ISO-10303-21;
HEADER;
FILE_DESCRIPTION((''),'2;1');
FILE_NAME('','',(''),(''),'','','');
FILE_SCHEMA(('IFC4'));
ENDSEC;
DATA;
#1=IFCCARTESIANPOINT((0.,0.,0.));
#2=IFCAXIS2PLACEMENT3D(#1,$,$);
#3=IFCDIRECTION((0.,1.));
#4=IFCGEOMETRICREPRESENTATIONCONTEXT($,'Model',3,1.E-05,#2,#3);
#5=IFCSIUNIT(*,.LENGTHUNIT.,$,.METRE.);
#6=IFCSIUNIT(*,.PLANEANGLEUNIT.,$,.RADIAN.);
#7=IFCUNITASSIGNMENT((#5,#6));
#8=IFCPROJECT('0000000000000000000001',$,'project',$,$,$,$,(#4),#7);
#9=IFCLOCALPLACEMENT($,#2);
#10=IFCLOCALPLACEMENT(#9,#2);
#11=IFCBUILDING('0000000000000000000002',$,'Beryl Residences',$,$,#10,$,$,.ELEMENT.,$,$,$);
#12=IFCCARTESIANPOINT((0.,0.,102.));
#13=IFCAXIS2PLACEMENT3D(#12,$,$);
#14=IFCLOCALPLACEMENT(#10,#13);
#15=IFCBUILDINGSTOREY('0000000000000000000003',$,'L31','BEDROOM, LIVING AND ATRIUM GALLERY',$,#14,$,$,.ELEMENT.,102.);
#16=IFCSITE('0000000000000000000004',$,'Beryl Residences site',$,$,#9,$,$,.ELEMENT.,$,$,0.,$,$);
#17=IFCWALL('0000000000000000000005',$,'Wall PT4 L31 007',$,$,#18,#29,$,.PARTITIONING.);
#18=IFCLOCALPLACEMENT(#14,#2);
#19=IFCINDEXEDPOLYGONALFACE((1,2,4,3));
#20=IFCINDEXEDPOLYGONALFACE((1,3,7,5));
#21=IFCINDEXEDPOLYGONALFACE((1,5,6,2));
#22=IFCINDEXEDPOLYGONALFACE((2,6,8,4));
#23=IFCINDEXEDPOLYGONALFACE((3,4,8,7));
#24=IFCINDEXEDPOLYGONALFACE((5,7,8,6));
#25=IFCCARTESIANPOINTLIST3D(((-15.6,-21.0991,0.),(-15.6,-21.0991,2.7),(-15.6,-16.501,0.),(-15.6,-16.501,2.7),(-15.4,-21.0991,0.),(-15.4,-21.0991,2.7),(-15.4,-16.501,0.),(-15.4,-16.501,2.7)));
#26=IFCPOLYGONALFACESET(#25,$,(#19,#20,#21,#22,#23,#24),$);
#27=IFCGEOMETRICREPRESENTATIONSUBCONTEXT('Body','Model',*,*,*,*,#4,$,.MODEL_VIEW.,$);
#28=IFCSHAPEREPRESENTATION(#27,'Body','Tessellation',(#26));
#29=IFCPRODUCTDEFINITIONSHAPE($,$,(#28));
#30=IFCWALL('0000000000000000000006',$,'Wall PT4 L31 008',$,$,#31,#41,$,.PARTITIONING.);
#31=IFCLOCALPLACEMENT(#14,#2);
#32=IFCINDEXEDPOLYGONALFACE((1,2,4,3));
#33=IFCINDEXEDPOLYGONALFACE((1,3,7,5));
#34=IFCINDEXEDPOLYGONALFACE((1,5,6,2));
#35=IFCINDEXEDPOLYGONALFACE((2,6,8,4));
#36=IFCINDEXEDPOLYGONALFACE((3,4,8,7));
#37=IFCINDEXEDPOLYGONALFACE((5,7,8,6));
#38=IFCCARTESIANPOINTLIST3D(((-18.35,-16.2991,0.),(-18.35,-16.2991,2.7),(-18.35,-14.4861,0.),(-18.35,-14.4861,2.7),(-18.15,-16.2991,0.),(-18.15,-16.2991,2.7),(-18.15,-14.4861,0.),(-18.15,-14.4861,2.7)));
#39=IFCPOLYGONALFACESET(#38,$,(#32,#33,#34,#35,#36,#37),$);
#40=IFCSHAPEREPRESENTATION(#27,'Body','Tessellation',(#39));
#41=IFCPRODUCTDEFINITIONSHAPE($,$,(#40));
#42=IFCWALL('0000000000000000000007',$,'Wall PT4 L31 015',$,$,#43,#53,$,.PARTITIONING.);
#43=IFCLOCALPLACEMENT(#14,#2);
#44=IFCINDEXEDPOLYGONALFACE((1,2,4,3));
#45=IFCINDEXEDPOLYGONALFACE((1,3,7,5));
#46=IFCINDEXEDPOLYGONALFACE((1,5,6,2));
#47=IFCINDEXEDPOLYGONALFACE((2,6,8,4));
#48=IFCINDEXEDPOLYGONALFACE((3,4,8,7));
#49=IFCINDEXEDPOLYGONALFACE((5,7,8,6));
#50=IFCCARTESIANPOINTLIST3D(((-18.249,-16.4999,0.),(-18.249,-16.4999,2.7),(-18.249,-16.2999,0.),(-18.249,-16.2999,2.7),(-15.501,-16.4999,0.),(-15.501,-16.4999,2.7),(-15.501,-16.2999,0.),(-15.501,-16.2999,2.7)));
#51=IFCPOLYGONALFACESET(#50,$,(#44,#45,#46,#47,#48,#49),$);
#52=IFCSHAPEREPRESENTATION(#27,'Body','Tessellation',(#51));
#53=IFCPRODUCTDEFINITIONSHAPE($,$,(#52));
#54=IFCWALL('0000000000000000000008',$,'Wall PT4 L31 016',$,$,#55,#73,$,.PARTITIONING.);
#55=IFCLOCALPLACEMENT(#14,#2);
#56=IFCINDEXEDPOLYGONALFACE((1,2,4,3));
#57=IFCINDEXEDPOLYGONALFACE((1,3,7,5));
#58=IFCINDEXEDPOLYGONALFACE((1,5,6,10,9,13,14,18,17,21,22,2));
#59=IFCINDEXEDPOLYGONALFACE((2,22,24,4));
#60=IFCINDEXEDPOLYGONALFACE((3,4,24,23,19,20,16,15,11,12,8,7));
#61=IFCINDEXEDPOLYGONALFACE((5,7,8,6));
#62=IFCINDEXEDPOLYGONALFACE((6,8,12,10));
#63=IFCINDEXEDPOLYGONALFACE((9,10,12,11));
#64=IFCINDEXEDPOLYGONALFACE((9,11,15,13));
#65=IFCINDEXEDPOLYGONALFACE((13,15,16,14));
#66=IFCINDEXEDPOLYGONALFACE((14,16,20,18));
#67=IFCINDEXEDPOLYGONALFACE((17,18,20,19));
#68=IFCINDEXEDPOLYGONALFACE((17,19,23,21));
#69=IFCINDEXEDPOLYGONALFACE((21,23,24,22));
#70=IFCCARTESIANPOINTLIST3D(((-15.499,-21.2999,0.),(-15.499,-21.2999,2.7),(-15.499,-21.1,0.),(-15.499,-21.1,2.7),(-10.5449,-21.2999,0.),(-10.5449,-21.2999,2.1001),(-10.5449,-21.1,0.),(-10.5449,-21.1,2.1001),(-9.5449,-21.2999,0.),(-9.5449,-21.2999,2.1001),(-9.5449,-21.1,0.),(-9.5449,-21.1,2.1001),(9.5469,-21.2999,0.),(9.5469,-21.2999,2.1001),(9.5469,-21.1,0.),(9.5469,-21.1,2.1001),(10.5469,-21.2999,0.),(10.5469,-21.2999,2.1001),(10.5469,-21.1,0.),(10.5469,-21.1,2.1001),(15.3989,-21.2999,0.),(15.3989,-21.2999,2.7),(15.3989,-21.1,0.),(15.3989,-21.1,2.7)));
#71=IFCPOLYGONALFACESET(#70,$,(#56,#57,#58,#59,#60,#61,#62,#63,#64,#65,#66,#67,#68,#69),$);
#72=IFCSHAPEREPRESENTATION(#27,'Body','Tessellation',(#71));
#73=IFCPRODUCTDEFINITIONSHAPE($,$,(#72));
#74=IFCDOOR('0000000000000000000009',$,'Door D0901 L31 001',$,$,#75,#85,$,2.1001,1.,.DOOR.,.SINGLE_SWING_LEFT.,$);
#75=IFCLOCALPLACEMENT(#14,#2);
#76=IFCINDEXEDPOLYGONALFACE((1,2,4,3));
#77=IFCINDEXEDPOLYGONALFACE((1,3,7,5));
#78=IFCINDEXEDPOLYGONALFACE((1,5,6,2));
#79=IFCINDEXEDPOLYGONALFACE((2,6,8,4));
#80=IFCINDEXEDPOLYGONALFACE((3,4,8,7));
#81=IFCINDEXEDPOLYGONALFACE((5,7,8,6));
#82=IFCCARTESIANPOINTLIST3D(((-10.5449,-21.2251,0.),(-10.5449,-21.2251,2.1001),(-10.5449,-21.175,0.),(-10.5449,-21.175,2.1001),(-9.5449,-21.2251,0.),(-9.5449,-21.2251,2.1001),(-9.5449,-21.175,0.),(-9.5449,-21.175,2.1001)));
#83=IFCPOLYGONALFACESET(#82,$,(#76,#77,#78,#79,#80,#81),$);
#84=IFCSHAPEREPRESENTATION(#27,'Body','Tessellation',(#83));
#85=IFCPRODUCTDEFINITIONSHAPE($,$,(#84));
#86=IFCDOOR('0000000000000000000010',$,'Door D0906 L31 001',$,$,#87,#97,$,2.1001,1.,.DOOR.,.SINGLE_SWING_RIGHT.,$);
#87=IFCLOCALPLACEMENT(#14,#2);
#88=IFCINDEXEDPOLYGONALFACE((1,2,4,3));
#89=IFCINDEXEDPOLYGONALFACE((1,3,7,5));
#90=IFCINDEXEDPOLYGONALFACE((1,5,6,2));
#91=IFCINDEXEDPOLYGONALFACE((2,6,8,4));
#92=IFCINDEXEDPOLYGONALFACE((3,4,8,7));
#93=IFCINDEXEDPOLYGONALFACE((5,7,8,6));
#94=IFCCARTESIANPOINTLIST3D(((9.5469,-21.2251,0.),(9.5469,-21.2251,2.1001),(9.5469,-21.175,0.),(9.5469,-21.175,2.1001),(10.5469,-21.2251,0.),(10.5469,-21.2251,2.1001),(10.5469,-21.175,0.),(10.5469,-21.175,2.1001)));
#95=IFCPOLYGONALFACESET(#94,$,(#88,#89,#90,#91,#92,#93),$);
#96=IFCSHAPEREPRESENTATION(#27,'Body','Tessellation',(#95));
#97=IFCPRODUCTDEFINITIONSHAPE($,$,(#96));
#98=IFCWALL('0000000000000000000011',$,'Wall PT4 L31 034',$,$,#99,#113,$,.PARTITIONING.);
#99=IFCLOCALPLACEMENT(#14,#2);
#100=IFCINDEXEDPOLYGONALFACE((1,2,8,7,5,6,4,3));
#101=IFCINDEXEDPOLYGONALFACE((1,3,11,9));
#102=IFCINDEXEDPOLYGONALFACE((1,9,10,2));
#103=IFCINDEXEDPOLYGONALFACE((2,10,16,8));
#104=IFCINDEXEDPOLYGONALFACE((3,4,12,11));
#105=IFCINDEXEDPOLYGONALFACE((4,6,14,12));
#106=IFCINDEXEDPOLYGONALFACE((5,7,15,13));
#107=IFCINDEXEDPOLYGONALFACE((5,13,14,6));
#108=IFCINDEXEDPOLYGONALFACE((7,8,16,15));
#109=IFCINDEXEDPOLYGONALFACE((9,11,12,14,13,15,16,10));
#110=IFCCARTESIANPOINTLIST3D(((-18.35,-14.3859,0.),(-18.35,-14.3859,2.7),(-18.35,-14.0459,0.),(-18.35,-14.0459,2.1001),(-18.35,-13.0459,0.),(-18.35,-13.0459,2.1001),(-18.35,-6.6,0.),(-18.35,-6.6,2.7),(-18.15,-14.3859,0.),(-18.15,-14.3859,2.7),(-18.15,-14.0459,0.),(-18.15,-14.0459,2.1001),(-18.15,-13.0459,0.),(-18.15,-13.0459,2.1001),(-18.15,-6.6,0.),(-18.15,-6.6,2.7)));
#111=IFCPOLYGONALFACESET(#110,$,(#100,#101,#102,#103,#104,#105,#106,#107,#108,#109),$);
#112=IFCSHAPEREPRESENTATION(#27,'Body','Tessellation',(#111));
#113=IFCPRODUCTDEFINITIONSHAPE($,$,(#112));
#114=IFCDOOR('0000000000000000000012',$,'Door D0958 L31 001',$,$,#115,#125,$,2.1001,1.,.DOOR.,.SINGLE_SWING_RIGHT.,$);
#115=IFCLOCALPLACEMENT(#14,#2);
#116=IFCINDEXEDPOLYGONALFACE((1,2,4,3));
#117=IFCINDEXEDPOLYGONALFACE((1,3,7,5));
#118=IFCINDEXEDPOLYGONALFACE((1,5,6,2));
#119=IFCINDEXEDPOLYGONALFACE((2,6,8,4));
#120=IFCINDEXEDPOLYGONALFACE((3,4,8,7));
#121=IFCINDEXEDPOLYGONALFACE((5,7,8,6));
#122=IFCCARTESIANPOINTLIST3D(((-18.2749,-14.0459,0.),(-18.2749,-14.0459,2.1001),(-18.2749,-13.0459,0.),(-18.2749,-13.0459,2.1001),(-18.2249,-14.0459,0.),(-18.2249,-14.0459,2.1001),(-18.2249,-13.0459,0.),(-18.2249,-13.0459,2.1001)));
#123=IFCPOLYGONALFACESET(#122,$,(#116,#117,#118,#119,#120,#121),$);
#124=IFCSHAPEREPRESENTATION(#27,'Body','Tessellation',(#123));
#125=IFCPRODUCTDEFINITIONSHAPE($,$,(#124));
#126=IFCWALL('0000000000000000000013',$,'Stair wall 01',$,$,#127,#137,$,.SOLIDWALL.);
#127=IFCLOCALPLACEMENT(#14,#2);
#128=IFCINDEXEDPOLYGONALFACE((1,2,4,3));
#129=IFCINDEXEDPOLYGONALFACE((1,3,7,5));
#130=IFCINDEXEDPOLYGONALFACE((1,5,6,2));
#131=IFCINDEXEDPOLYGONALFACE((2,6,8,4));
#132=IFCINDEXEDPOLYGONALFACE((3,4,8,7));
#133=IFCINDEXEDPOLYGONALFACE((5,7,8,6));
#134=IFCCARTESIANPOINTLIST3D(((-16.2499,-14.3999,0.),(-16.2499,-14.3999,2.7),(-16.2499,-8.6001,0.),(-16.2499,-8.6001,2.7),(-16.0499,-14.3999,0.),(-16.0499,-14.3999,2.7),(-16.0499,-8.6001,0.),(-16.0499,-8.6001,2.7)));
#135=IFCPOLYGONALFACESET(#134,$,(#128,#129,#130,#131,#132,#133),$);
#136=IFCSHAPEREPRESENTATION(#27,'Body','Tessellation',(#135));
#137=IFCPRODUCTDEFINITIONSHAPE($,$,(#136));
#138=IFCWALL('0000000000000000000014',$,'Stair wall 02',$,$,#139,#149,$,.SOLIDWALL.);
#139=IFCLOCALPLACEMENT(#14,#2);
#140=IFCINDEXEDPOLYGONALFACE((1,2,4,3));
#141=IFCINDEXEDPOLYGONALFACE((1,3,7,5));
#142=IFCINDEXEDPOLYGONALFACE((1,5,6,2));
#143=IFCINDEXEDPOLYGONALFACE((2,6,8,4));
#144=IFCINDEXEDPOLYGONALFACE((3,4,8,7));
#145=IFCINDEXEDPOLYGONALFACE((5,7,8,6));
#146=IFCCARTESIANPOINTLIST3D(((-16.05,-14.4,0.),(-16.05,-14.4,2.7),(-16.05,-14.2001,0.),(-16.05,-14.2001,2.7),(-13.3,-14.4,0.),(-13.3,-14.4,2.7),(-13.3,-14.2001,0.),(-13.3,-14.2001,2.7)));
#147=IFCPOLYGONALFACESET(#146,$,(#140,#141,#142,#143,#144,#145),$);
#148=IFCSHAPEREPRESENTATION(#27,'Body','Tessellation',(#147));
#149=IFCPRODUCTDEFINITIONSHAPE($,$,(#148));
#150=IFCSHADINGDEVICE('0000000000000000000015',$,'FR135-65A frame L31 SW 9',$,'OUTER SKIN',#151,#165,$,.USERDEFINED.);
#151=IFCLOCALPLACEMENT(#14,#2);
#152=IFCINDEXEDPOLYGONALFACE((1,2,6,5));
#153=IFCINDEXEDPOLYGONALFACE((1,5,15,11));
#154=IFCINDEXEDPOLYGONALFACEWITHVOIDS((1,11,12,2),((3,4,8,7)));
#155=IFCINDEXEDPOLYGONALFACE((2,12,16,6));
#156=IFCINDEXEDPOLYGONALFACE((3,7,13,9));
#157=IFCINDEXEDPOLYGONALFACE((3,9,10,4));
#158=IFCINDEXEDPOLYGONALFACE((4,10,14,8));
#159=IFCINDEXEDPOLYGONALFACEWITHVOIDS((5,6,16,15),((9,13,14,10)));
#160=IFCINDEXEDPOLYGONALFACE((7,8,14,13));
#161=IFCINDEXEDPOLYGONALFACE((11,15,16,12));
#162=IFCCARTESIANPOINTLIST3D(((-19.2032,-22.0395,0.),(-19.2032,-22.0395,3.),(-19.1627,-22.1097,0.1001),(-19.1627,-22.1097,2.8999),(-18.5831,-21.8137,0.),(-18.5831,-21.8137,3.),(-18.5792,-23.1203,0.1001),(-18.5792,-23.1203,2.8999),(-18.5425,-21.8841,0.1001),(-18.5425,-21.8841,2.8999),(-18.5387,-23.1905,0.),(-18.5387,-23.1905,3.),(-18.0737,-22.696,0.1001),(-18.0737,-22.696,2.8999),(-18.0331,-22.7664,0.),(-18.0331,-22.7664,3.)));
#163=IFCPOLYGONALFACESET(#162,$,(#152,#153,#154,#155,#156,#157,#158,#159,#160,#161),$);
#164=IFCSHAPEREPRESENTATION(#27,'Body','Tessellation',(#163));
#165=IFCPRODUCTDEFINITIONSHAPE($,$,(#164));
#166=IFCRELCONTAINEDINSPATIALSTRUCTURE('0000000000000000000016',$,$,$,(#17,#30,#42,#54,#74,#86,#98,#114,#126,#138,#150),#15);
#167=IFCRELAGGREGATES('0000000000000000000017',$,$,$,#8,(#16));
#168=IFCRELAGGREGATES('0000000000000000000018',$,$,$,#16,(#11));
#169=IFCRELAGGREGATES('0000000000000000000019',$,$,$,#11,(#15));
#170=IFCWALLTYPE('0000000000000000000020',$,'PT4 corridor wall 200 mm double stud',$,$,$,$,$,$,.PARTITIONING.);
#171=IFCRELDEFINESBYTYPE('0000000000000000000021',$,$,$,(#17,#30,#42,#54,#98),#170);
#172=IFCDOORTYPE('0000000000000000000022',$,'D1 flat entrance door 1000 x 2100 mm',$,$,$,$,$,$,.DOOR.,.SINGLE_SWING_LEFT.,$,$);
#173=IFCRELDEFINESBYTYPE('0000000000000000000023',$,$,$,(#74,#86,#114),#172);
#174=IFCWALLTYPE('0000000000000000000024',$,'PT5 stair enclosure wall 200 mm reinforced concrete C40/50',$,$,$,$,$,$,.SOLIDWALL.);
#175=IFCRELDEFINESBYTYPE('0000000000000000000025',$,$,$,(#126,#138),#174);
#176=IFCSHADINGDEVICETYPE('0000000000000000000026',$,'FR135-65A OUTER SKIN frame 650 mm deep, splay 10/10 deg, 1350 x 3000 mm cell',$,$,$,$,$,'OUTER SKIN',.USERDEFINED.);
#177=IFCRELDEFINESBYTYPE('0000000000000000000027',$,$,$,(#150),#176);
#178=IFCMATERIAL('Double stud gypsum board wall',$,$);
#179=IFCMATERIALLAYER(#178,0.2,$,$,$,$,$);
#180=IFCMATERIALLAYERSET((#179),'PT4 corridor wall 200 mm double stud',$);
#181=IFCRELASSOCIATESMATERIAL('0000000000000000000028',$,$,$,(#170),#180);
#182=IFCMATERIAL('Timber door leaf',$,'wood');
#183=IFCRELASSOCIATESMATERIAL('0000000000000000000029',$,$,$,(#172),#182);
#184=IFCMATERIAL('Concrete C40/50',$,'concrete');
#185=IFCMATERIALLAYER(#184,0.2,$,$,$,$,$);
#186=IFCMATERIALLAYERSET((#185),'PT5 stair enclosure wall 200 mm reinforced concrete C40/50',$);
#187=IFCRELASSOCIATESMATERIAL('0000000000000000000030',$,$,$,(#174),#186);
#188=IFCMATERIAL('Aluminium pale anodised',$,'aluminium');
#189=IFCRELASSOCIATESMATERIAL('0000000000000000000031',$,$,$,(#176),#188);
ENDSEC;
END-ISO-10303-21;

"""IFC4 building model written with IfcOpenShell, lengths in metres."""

from ifc_helpers import new_model, entity, si_unit, direction, frame, frame_2d, origin, place, context, subcontext, project, spatial, rectangle, extrude, source, transform, mapped, material, layer, layer_set, type_object, type_shapes, element, fill, save


model = new_model("IFC4")

# Units and contexts
model_context = context("Model", 3, precision=1e-05, world=origin(), true_north=direction((0.0, 1.0)))
body_context = subcontext(model_context, "Body", "Model", "MODEL_VIEW")
ifc_project = project(units=[si_unit("LENGTHUNIT", "METRE"), si_unit("PLANEANGLEUNIT", "RADIAN")], contexts=[model_context])

# Site, building, storey
site_placement = place(None, origin())
site = spatial("IfcSite", under=ifc_project, at=site_placement, Name="Beryl Residences site", CompositionType="ELEMENT", RefElevation=0.0)
building_placement = place(site_placement, origin())
building = spatial("IfcBuilding", under=site, at=building_placement, Name="Beryl Residences", CompositionType="ELEMENT")
storey_placement = place(building_placement, frame((0.0, 0.0, 102.0)))
storey = spatial("IfcBuildingStorey", under=building, at=storey_placement, Name="L31", Description="BEDROOM, LIVING AND ATRIUM GALLERY", CompositionType="ELEMENT", Elevation=102.0)

# Walls
ifc_material_1 = material(Name="Double stud gypsum board wall")
ifc_layer_1 = layer(ifc_material_1, 0.2)
ifc_layer_set_1 = layer_set([ifc_layer_1], Name="PT4 corridor wall 200 mm double stud")
wall_type_1 = type_object("IfcWallType", Name="PT4 corridor wall 200 mm double stud", PredefinedType="PARTITIONING", material=ifc_layer_set_1)
wall_1_placement = place(storey_placement, frame((-15.5, -16.501, 0.0), z_axis=(0.0, 0.0, 1.0), x_axis=(0.0, -1.0, 0.0)))
element("IfcWall", 1, at=wall_1_placement, inside=storey, type_object=wall_type_1, Name="Wall PT4 L31 007", PredefinedType="PARTITIONING", context=body_context, shape_type="SweptSolid", body=[
    extrude(rectangle(XDim=4.5981, YDim=0.2, at=frame_2d((2.2991, 0.0))), origin(), (0.0, 0.0, 1.0), 2.7),
])
wall_2_placement = place(storey_placement, frame((-18.25, -14.4861, 0.0), z_axis=(0.0, 0.0, 1.0), x_axis=(0.0, -1.0, 0.0)))
element("IfcWall", 2, at=wall_2_placement, inside=storey, type_object=wall_type_1, Name="Wall PT4 L31 008", PredefinedType="PARTITIONING", context=body_context, shape_type="SweptSolid", body=[
    extrude(rectangle(XDim=1.813, YDim=0.2, at=frame_2d((0.9065, 0.0))), origin(), (0.0, 0.0, 1.0), 2.7),
])
wall_3_placement = place(storey_placement, frame((-18.249, -16.3999, 0.0), z_axis=(0.0, 0.0, 1.0), x_axis=(1.0, 0.0, 0.0)))
element("IfcWall", 3, at=wall_3_placement, inside=storey, type_object=wall_type_1, Name="Wall PT4 L31 015", PredefinedType="PARTITIONING", context=body_context, shape_type="SweptSolid", body=[
    extrude(rectangle(XDim=2.748, YDim=0.2, at=frame_2d((1.374, 0.0))), origin(), (0.0, 0.0, 1.0), 2.7),
])

# Wall, openings, doors
wall_4_placement = place(storey_placement, frame((-15.499, -21.2, 0.0), z_axis=(0.0, 0.0, 1.0), x_axis=(1.0, 0.0, 0.0)))
wall_4 = element("IfcWall", 4, at=wall_4_placement, inside=storey, type_object=wall_type_1, Name="Wall PT4 L31 016", PredefinedType="PARTITIONING", context=body_context, shape_type="SweptSolid", body=[
    extrude(rectangle(XDim=30.8979, YDim=0.2, at=frame_2d((15.449, 0.0))), origin(), (0.0, 0.0, 1.0), 2.7),
])
opening_1_placement = place(wall_4_placement, frame((4.9541, 0.0, 0.0)))
opening_1 = element("IfcOpeningElement", 5, at=opening_1_placement, cuts=wall_4, PredefinedType="OPENING", context=body_context, shape_type="SweptSolid", body=[
    extrude(rectangle(XDim=1.0, YDim=2.1001, at=frame_2d((0.5, 1.05))), frame((0.0, 0.1099, 0.0), z_axis=(0.0, -1.0, 0.0), x_axis=(1.0, 0.0, 0.0)), (0.0, 0.0, 1.0), 0.22),
])
opening_2_placement = place(wall_4_placement, frame((25.0459, 0.0, 0.0)))
opening_2 = element("IfcOpeningElement", 6, at=opening_2_placement, cuts=wall_4, PredefinedType="OPENING", context=body_context, shape_type="SweptSolid", body=[
    extrude(rectangle(XDim=1.0, YDim=2.1001, at=frame_2d((0.5, 1.05))), frame((0.0, 0.1099, 0.0), z_axis=(0.0, -1.0, 0.0), x_axis=(1.0, 0.0, 0.0)), (0.0, 0.0, 1.0), 0.22),
])
ifc_material_2 = material(Name="Timber door leaf", Category="wood")
door_type_1 = type_object("IfcDoorType", Name="D1 flat entrance door 1000 x 2100 mm", OperationType="SINGLE_SWING_LEFT", PredefinedType="DOOR", material=ifc_material_2)
door_1_placement = place(opening_1_placement, origin())
door_1 = element("IfcDoor", 7, at=door_1_placement, inside=storey, type_object=door_type_1, Name="Door D0901 L31 001", OperationType="SINGLE_SWING_LEFT", OverallHeight=2.1001, OverallWidth=1.0, PredefinedType="DOOR", context=body_context, shape_type="SweptSolid", body=[
    extrude(rectangle(XDim=1.0, YDim=2.1001, at=frame_2d((0.5, 1.05))), frame((0.0, 0.0249, 0.0), z_axis=(0.0, -1.0, 0.0), x_axis=(1.0, 0.0, 0.0)), (0.0, 0.0, 1.0), 0.05),
])
fill(opening_1, door_1)
door_2_placement = place(opening_2_placement, origin())
door_2 = element("IfcDoor", 8, at=door_2_placement, inside=storey, type_object=door_type_1, Name="Door D0906 L31 001", OperationType="SINGLE_SWING_RIGHT", OverallHeight=2.1001, OverallWidth=1.0, PredefinedType="DOOR", context=body_context, shape_type="SweptSolid", body=[
    extrude(rectangle(XDim=1.0, YDim=2.1001, at=frame_2d((0.5, 1.05))), frame((0.0, 0.0249, 0.0), z_axis=(0.0, -1.0, 0.0), x_axis=(1.0, 0.0, 0.0)), (0.0, 0.0, 1.0), 0.05),
])
fill(opening_2, door_2)

# Wall, opening, door
wall_5_placement = place(storey_placement, frame((-18.25, -14.386, 0.0), z_axis=(0.0, 0.0, 1.0), x_axis=(0.0, 1.0, 0.0)))
wall_5 = element("IfcWall", 9, at=wall_5_placement, inside=storey, type_object=wall_type_1, Name="Wall PT4 L31 034", PredefinedType="PARTITIONING", context=body_context, shape_type="SweptSolid", body=[
    extrude(rectangle(XDim=7.7859, YDim=0.2, at=frame_2d((3.8931, 0.0))), origin(), (0.0, 0.0, 1.0), 2.7),
])
opening_3_placement = place(wall_5_placement, frame((0.3401, 0.0, 0.0)))
opening_3 = element("IfcOpeningElement", 10, at=opening_3_placement, cuts=wall_5, PredefinedType="OPENING", context=body_context, shape_type="SweptSolid", body=[
    extrude(rectangle(XDim=1.0, YDim=2.1001, at=frame_2d((0.5, 1.05))), frame((0.0, 0.1099, 0.0), z_axis=(0.0, -1.0, 0.0), x_axis=(1.0, 0.0, 0.0)), (0.0, 0.0, 1.0), 0.22),
])
door_3_placement = place(opening_3_placement, origin())
door_3 = element("IfcDoor", 11, at=door_3_placement, inside=storey, type_object=door_type_1, Name="Door D0958 L31 001", OperationType="SINGLE_SWING_RIGHT", OverallHeight=2.1001, OverallWidth=1.0, PredefinedType="DOOR", context=body_context, shape_type="SweptSolid", body=[
    extrude(rectangle(XDim=1.0, YDim=2.1001, at=frame_2d((0.5, 1.05))), frame((0.0, 0.0249, 0.0), z_axis=(0.0, -1.0, 0.0), x_axis=(1.0, 0.0, 0.0)), (0.0, 0.0, 1.0), 0.05),
])
fill(opening_3, door_3)

# Walls
ifc_material_3 = material(Name="Concrete C40/50", Category="concrete")
ifc_layer_2 = layer(ifc_material_3, 0.2)
ifc_layer_set_2 = layer_set([ifc_layer_2], Name="PT5 stair enclosure wall 200 mm reinforced concrete C40/50")
wall_type_2 = type_object("IfcWallType", Name="PT5 stair enclosure wall 200 mm reinforced concrete C40/50", PredefinedType="SOLIDWALL", material=ifc_layer_set_2)
wall_6_placement = place(storey_placement, frame((-16.1499, -14.3999, 0.0), z_axis=(0.0, 0.0, 1.0), x_axis=(0.0, 1.0, 0.0)))
element("IfcWall", 12, at=wall_6_placement, inside=storey, type_object=wall_type_2, Name="Stair wall 01", PredefinedType="SOLIDWALL", context=body_context, shape_type="SweptSolid", body=[
    extrude(rectangle(XDim=5.7998, YDim=0.2, at=frame_2d((2.8999, 0.0))), origin(), (0.0, 0.0, 1.0), 2.7),
])
wall_7_placement = place(storey_placement, frame((-16.05, -14.3, 0.0), z_axis=(0.0, 0.0, 1.0), x_axis=(1.0, 0.0, 0.0)))
element("IfcWall", 13, at=wall_7_placement, inside=storey, type_object=wall_type_2, Name="Stair wall 02", PredefinedType="SOLIDWALL", context=body_context, shape_type="SweptSolid", body=[
    extrude(rectangle(XDim=2.75, YDim=0.2, at=frame_2d((1.375, 0.0))), origin(), (0.0, 0.0, 1.0), 2.7),
])

# Shading device
ifc_material_4 = material(Name="Aluminium pale anodised", Category="aluminium")
shading_device_type_1 = type_object("IfcShadingDeviceType", Name="FR135-65A OUTER SKIN frame 650 mm deep, splay 10/10 deg, 1350 x 3000 mm cell", ElementType="OUTER SKIN", PredefinedType="USERDEFINED", material=ifc_material_4)
cartesian_point_1 = entity("IfcCartesianPoint", [-0.55, 0.0])
cartesian_point_2 = entity("IfcCartesianPoint", [-0.4688, 0.1001])
cartesian_point_3 = entity("IfcCartesianPoint", [-0.6646, 0.0])
cartesian_point_4 = entity("IfcCartesianPoint", [-0.5835, 0.1001])
shared_shape_1 = source(origin(), body_context, "Body", "SweptSolid", [
    entity("IfcExtrudedAreaSolidTapered", entity("IfcArbitraryProfileDefWithVoids", "AREA", None, entity("IfcPolyline", [cartesian_point_1, entity("IfcCartesianPoint", [0.55, 0.0]), entity("IfcCartesianPoint", [0.55, 3.0]), entity("IfcCartesianPoint", [-0.55, 3.0]), cartesian_point_1]), [entity("IfcPolyline", [cartesian_point_2, entity("IfcCartesianPoint", [0.4688, 0.1001]), entity("IfcCartesianPoint", [0.4688, 2.8999]), entity("IfcCartesianPoint", [-0.4688, 2.8999]), cartesian_point_2])]), entity("IfcAxis2Placement3D", entity("IfcCartesianPoint", [0.0, 0.0, 0.0]), entity("IfcDirection", [0.0, 1.0, 0.0]), entity("IfcDirection", [-1.0, 0.0, 0.0])), entity("IfcDirection", [0.0, 0.0, 1.0]), 0.6499, entity("IfcArbitraryProfileDefWithVoids", "AREA", None, entity("IfcPolyline", [cartesian_point_3, entity("IfcCartesianPoint", [0.6646, 0.0]), entity("IfcCartesianPoint", [0.6646, 3.0]), entity("IfcCartesianPoint", [-0.6646, 3.0]), cartesian_point_3]), [entity("IfcPolyline", [cartesian_point_4, entity("IfcCartesianPoint", [0.5835, 0.1001]), entity("IfcCartesianPoint", [0.5835, 2.8999]), entity("IfcCartesianPoint", [-0.5835, 2.8999]), cartesian_point_4])])),
])
type_shapes(shading_device_type_1, [shared_shape_1])
shading_device_placement = place(storey_placement, frame((-18.3081, -22.29, 0.0), z_axis=(0.0, 0.0, 1.0), x_axis=(-0.5, 0.866025, 0.0)))
element("IfcShadingDevice", 14, at=shading_device_placement, inside=storey, type_object=shading_device_type_1, Name="FR135-65A frame L31 SW 9", ObjectType="OUTER SKIN", PredefinedType="USERDEFINED", context=body_context, shape_type="MappedRepresentation", body=[
    mapped(shared_shape_1, transform((0.0, 0.0, 0.0))),
])

save(model, "model.ifc")
